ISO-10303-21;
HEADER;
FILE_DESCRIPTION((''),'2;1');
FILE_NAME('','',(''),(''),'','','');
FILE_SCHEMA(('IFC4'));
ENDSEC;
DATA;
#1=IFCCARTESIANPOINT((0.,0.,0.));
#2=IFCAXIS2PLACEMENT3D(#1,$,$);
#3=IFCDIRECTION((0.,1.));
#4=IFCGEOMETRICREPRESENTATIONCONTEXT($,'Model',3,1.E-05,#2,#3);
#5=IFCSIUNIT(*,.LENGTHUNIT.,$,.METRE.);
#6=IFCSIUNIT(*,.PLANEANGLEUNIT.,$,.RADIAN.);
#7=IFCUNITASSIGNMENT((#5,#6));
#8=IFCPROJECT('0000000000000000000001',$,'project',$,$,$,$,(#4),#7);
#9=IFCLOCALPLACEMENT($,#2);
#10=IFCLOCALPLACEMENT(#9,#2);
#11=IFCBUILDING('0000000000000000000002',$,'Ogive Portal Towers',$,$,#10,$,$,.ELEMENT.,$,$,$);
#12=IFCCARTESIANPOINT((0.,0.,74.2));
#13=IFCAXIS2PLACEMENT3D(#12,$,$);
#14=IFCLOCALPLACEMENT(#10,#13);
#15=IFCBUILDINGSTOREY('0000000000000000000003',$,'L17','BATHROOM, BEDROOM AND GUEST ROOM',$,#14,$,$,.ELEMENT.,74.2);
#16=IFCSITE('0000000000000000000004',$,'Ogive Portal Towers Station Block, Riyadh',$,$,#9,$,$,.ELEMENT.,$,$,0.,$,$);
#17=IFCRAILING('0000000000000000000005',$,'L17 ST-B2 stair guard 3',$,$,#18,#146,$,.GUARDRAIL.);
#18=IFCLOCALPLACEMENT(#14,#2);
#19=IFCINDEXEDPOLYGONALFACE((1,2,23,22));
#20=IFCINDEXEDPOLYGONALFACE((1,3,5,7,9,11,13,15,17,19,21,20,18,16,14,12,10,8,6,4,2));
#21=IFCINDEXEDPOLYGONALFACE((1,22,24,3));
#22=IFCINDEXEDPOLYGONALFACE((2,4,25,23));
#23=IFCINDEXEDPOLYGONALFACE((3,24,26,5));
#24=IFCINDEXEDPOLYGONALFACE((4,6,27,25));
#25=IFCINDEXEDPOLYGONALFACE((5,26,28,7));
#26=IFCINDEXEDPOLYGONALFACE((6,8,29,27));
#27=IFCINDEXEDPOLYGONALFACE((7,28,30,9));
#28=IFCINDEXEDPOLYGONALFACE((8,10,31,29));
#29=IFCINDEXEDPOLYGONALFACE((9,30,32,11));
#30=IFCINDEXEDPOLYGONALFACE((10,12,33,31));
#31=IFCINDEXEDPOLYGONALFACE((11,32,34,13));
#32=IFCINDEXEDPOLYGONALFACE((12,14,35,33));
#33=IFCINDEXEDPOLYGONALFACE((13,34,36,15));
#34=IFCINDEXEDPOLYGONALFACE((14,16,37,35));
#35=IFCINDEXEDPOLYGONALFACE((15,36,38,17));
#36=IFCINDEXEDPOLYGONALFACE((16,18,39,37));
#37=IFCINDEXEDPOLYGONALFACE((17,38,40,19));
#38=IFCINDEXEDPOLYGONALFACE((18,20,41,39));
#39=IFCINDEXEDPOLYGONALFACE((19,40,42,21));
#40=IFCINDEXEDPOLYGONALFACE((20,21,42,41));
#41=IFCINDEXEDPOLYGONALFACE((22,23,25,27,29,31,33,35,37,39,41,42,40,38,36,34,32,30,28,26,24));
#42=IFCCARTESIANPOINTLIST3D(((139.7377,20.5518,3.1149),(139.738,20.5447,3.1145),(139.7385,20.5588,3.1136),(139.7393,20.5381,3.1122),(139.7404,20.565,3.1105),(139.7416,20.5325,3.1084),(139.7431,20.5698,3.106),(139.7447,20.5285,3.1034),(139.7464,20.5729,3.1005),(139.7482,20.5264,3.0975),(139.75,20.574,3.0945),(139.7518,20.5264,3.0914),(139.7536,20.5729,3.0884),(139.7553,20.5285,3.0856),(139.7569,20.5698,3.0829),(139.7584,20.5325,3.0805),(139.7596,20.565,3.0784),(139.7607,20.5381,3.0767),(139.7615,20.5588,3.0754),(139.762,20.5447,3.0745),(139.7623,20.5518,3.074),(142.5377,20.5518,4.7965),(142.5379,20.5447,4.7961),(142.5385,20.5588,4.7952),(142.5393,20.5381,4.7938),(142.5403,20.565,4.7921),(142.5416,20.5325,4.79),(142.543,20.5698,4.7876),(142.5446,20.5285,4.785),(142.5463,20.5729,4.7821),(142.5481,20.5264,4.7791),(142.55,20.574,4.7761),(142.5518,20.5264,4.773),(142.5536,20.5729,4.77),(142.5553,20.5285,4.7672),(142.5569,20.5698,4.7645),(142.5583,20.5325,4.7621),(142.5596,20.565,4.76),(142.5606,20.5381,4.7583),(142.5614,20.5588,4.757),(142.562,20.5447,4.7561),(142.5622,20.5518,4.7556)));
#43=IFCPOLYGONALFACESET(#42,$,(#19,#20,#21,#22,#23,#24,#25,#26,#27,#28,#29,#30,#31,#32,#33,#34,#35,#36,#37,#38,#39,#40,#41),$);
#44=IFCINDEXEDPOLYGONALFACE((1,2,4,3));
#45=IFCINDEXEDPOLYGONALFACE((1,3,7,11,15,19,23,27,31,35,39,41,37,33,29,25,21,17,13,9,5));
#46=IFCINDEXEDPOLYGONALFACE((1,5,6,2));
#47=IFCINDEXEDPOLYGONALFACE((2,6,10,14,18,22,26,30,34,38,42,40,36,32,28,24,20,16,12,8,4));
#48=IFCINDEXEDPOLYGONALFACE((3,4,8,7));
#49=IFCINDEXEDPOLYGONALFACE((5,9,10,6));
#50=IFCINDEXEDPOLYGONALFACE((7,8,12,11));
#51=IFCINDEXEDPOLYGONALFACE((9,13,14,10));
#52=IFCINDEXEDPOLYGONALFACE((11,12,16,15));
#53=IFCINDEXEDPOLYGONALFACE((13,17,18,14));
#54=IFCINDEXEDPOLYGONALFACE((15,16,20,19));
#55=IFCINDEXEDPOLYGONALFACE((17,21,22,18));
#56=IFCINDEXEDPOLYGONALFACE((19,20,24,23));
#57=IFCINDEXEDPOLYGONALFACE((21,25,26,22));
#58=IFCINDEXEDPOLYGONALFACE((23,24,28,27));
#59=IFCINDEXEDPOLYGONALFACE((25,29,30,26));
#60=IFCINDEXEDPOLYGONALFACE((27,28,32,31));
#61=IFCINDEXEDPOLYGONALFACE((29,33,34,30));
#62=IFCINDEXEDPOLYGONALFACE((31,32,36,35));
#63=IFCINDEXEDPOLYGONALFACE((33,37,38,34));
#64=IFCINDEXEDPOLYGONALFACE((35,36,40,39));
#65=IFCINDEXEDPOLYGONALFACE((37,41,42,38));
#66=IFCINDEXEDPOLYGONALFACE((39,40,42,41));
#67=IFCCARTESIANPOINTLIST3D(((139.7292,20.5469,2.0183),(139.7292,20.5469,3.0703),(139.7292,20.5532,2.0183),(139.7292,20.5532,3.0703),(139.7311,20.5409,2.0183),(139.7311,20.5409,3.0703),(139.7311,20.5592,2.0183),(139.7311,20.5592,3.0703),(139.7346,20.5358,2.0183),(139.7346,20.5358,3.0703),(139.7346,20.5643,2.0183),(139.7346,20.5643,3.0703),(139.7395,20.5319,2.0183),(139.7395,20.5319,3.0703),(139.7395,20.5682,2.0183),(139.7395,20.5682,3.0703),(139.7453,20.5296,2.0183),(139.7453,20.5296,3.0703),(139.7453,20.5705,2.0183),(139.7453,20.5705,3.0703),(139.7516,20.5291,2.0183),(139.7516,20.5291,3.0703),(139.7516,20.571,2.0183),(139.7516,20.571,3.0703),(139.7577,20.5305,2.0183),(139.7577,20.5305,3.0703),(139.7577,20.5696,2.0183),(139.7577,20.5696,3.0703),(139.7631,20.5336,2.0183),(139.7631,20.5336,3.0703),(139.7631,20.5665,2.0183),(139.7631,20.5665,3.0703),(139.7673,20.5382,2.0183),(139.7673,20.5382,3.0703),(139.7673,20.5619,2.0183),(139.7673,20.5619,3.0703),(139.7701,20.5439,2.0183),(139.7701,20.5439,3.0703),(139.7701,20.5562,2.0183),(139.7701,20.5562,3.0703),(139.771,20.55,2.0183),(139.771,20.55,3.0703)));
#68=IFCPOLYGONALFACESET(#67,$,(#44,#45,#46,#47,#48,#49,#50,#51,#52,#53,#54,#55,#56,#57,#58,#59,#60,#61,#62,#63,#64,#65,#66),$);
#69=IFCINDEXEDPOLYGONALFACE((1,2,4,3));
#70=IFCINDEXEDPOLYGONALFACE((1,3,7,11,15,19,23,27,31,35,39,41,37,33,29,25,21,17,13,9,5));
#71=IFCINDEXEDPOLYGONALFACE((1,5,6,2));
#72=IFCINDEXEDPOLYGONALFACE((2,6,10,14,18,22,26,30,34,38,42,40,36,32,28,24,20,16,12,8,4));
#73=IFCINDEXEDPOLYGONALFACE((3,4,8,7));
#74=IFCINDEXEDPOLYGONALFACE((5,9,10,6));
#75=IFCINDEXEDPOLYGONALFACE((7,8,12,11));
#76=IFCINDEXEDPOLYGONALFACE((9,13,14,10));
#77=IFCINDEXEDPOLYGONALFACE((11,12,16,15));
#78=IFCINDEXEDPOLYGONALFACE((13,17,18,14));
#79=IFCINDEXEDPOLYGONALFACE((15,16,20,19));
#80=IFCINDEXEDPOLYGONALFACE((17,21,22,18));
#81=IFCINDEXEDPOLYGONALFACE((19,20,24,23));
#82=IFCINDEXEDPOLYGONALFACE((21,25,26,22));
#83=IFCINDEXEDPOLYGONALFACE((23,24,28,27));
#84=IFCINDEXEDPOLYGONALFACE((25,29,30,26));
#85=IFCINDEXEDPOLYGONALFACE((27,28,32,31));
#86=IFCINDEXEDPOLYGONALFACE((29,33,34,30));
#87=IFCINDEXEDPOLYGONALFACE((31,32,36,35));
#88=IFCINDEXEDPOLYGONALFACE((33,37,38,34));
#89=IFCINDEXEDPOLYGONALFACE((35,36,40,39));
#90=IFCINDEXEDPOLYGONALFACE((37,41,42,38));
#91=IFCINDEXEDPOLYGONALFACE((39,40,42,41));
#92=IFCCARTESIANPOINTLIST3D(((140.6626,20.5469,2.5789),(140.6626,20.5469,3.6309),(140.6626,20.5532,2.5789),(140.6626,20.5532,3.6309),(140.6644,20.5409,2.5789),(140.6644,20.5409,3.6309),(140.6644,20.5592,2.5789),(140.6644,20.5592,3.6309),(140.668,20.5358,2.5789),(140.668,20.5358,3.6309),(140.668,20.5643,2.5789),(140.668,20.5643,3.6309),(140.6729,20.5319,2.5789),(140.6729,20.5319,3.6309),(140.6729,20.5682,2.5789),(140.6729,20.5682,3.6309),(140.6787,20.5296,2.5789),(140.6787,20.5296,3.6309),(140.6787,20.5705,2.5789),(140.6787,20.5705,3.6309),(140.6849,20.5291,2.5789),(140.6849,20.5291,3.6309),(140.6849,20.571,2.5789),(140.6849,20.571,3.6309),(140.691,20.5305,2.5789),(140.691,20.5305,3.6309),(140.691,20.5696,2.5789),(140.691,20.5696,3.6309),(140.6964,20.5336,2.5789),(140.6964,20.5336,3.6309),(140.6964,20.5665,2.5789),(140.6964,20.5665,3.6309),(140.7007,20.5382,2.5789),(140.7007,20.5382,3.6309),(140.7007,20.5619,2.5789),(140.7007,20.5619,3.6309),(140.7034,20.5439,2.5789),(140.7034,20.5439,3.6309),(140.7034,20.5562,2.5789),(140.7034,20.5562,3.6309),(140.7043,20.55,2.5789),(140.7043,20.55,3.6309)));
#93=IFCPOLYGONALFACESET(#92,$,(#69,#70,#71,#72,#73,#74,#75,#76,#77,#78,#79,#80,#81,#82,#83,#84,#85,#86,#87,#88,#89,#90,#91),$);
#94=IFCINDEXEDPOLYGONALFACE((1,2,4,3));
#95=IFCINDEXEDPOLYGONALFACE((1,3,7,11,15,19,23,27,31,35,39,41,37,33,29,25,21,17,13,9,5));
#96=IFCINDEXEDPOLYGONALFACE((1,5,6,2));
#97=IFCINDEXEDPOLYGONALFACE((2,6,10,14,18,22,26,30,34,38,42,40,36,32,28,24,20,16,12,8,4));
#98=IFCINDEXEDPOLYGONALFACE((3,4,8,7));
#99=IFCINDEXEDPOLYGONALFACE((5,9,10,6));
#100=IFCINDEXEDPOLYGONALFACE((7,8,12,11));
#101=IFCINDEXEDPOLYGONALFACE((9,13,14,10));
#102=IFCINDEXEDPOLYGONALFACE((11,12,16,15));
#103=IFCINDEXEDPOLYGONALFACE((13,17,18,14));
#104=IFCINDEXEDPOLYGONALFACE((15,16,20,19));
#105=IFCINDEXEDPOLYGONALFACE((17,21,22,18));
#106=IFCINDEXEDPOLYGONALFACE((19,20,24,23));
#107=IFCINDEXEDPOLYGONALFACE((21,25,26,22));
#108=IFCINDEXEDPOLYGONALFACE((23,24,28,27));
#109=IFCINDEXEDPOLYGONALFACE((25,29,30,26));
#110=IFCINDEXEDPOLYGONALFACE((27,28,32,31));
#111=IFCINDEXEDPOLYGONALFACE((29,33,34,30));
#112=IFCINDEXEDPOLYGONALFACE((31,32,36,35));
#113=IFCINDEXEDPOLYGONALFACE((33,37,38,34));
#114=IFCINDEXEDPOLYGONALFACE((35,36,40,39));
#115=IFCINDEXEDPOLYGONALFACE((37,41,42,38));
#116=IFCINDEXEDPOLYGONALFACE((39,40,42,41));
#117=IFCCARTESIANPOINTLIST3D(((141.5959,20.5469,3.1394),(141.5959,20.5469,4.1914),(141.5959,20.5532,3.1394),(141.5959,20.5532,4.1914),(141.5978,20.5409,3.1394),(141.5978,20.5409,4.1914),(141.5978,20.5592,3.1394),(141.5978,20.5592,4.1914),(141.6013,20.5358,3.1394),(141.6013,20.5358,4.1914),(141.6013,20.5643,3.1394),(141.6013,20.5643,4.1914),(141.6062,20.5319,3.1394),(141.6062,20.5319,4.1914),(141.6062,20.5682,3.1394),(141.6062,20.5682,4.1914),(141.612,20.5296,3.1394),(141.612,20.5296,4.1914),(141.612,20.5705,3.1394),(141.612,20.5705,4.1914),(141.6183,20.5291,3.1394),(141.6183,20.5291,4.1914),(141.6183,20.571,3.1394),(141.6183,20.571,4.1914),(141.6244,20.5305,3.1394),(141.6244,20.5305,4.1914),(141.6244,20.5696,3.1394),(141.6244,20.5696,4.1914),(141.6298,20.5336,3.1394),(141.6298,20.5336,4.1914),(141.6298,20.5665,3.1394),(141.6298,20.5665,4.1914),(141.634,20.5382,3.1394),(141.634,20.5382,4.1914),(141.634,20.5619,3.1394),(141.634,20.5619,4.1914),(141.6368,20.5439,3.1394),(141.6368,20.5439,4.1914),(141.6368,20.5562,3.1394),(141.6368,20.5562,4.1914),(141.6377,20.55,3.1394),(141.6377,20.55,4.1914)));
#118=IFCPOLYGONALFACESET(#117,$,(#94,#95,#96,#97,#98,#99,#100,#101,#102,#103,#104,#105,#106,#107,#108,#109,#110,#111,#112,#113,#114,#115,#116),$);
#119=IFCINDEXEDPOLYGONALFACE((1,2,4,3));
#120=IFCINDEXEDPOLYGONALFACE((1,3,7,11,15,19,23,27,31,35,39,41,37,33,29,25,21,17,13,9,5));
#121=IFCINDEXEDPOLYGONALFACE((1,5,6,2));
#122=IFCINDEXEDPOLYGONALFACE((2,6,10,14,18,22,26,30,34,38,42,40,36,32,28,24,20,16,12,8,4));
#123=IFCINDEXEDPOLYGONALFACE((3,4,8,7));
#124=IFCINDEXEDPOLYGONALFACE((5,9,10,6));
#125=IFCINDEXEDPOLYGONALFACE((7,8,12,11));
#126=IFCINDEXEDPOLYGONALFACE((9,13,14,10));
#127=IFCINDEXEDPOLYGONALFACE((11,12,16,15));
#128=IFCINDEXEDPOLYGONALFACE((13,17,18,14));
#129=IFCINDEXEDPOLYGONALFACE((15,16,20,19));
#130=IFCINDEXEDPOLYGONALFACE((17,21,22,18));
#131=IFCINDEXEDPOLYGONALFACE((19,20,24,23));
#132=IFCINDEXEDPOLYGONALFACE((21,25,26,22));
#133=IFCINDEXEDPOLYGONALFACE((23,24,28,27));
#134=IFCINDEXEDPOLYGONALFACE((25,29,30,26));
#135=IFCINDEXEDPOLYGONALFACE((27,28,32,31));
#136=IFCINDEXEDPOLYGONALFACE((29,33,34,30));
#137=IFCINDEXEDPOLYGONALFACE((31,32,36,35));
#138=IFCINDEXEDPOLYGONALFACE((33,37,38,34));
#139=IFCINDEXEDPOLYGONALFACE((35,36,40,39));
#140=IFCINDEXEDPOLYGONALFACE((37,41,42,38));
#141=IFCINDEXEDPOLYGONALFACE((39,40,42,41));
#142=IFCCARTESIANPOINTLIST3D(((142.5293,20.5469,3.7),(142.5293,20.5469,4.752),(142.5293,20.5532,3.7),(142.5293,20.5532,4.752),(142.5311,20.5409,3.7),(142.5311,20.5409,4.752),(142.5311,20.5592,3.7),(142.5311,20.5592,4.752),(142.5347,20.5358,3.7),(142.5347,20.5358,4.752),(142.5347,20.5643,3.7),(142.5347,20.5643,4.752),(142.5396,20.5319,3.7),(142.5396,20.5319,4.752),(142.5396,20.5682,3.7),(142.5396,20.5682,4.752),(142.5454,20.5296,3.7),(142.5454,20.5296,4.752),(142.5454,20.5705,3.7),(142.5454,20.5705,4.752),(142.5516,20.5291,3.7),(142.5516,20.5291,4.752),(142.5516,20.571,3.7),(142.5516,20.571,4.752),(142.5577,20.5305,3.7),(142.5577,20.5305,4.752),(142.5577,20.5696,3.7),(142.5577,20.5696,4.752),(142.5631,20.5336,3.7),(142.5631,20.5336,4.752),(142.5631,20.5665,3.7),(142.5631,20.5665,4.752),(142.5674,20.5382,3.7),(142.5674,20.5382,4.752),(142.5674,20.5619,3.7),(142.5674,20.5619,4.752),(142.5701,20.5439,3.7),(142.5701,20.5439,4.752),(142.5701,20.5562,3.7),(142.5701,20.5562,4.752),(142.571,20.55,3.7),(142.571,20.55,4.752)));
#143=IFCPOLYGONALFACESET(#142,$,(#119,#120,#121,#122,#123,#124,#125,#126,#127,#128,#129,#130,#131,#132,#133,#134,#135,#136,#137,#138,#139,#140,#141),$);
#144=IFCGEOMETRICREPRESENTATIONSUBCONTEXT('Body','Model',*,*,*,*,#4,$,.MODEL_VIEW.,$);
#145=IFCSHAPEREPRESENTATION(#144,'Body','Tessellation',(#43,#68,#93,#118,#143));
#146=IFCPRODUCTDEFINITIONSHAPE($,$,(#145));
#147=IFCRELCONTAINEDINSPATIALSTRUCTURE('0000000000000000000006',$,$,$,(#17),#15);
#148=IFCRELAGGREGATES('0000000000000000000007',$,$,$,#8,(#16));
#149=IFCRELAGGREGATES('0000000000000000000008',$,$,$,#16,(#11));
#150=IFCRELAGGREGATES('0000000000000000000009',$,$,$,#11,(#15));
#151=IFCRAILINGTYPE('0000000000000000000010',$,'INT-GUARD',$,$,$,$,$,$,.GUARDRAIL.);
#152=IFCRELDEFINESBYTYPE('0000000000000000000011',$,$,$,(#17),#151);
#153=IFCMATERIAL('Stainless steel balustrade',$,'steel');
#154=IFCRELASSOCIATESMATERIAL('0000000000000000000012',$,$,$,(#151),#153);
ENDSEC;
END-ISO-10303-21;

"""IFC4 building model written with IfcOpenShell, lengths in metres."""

from ifc_helpers import new_model, si_unit, direction, frame, origin, origin_2d, place, context, subcontext, project, spatial, circle, extrude, material, type_object, element, save


model = new_model("IFC4")

# Units and contexts
model_context = context("Model", 3, precision=1e-05, world=origin(), true_north=direction((0.0, 1.0)))
body_context = subcontext(model_context, "Body", "Model", "MODEL_VIEW")
ifc_project = project(units=[si_unit("LENGTHUNIT", "METRE"), si_unit("PLANEANGLEUNIT", "RADIAN")], contexts=[model_context])

# Site, building, storey
site_placement = place(None, origin())
site = spatial("IfcSite", under=ifc_project, at=site_placement, Name="Ogive Portal Towers Station Block, Riyadh", CompositionType="ELEMENT", RefElevation=0.0)
building_placement = place(site_placement, origin())
building = spatial("IfcBuilding", under=site, at=building_placement, Name="Ogive Portal Towers", CompositionType="ELEMENT")
storey_placement = place(building_placement, frame((0.0, 0.0, 74.2)))
storey = spatial("IfcBuildingStorey", under=building, at=storey_placement, Name="L17", Description="BATHROOM, BEDROOM AND GUEST ROOM", CompositionType="ELEMENT", Elevation=74.2)

# Railing
ifc_material_1 = material(Name="Stainless steel balustrade", Category="steel")
railing_type_1 = type_object("IfcRailingType", Name="INT-GUARD", PredefinedType="GUARDRAIL", material=ifc_material_1)
railing_1_placement = place(storey_placement, frame((139.75, 20.55, 2.0183)))
element("IfcRailing", 1, at=railing_1_placement, inside=storey, type_object=railing_type_1, Name="L17 ST-B2 stair guard 3", PredefinedType="GUARDRAIL", context=body_context, shape_type="SweptSolid", body=[
    extrude(circle(Radius=0.0239, at=origin_2d()), frame((0.0, 0.0, 1.0762), z_axis=(0.857275, 0.0, 0.514858), x_axis=(0.0, 1.0, 0.0)), (0.0, 0.0, 1.0), 3.2661),
    extrude(circle(Radius=0.021, at=origin_2d()), origin(), (0.0, 0.0, 1.0), 1.052),
    extrude(circle(Radius=0.021, at=origin_2d()), frame((0.9333, 0.0, 0.5605)), (0.0, 0.0, 1.0), 1.052),
    extrude(circle(Radius=0.021, at=origin_2d()), frame((1.8667, 0.0, 1.1211)), (0.0, 0.0, 1.0), 1.052),
    extrude(circle(Radius=0.021, at=origin_2d()), frame((2.8, 0.0, 1.6816)), (0.0, 0.0, 1.0), 1.052),
])

save(model, "model.ifc")
